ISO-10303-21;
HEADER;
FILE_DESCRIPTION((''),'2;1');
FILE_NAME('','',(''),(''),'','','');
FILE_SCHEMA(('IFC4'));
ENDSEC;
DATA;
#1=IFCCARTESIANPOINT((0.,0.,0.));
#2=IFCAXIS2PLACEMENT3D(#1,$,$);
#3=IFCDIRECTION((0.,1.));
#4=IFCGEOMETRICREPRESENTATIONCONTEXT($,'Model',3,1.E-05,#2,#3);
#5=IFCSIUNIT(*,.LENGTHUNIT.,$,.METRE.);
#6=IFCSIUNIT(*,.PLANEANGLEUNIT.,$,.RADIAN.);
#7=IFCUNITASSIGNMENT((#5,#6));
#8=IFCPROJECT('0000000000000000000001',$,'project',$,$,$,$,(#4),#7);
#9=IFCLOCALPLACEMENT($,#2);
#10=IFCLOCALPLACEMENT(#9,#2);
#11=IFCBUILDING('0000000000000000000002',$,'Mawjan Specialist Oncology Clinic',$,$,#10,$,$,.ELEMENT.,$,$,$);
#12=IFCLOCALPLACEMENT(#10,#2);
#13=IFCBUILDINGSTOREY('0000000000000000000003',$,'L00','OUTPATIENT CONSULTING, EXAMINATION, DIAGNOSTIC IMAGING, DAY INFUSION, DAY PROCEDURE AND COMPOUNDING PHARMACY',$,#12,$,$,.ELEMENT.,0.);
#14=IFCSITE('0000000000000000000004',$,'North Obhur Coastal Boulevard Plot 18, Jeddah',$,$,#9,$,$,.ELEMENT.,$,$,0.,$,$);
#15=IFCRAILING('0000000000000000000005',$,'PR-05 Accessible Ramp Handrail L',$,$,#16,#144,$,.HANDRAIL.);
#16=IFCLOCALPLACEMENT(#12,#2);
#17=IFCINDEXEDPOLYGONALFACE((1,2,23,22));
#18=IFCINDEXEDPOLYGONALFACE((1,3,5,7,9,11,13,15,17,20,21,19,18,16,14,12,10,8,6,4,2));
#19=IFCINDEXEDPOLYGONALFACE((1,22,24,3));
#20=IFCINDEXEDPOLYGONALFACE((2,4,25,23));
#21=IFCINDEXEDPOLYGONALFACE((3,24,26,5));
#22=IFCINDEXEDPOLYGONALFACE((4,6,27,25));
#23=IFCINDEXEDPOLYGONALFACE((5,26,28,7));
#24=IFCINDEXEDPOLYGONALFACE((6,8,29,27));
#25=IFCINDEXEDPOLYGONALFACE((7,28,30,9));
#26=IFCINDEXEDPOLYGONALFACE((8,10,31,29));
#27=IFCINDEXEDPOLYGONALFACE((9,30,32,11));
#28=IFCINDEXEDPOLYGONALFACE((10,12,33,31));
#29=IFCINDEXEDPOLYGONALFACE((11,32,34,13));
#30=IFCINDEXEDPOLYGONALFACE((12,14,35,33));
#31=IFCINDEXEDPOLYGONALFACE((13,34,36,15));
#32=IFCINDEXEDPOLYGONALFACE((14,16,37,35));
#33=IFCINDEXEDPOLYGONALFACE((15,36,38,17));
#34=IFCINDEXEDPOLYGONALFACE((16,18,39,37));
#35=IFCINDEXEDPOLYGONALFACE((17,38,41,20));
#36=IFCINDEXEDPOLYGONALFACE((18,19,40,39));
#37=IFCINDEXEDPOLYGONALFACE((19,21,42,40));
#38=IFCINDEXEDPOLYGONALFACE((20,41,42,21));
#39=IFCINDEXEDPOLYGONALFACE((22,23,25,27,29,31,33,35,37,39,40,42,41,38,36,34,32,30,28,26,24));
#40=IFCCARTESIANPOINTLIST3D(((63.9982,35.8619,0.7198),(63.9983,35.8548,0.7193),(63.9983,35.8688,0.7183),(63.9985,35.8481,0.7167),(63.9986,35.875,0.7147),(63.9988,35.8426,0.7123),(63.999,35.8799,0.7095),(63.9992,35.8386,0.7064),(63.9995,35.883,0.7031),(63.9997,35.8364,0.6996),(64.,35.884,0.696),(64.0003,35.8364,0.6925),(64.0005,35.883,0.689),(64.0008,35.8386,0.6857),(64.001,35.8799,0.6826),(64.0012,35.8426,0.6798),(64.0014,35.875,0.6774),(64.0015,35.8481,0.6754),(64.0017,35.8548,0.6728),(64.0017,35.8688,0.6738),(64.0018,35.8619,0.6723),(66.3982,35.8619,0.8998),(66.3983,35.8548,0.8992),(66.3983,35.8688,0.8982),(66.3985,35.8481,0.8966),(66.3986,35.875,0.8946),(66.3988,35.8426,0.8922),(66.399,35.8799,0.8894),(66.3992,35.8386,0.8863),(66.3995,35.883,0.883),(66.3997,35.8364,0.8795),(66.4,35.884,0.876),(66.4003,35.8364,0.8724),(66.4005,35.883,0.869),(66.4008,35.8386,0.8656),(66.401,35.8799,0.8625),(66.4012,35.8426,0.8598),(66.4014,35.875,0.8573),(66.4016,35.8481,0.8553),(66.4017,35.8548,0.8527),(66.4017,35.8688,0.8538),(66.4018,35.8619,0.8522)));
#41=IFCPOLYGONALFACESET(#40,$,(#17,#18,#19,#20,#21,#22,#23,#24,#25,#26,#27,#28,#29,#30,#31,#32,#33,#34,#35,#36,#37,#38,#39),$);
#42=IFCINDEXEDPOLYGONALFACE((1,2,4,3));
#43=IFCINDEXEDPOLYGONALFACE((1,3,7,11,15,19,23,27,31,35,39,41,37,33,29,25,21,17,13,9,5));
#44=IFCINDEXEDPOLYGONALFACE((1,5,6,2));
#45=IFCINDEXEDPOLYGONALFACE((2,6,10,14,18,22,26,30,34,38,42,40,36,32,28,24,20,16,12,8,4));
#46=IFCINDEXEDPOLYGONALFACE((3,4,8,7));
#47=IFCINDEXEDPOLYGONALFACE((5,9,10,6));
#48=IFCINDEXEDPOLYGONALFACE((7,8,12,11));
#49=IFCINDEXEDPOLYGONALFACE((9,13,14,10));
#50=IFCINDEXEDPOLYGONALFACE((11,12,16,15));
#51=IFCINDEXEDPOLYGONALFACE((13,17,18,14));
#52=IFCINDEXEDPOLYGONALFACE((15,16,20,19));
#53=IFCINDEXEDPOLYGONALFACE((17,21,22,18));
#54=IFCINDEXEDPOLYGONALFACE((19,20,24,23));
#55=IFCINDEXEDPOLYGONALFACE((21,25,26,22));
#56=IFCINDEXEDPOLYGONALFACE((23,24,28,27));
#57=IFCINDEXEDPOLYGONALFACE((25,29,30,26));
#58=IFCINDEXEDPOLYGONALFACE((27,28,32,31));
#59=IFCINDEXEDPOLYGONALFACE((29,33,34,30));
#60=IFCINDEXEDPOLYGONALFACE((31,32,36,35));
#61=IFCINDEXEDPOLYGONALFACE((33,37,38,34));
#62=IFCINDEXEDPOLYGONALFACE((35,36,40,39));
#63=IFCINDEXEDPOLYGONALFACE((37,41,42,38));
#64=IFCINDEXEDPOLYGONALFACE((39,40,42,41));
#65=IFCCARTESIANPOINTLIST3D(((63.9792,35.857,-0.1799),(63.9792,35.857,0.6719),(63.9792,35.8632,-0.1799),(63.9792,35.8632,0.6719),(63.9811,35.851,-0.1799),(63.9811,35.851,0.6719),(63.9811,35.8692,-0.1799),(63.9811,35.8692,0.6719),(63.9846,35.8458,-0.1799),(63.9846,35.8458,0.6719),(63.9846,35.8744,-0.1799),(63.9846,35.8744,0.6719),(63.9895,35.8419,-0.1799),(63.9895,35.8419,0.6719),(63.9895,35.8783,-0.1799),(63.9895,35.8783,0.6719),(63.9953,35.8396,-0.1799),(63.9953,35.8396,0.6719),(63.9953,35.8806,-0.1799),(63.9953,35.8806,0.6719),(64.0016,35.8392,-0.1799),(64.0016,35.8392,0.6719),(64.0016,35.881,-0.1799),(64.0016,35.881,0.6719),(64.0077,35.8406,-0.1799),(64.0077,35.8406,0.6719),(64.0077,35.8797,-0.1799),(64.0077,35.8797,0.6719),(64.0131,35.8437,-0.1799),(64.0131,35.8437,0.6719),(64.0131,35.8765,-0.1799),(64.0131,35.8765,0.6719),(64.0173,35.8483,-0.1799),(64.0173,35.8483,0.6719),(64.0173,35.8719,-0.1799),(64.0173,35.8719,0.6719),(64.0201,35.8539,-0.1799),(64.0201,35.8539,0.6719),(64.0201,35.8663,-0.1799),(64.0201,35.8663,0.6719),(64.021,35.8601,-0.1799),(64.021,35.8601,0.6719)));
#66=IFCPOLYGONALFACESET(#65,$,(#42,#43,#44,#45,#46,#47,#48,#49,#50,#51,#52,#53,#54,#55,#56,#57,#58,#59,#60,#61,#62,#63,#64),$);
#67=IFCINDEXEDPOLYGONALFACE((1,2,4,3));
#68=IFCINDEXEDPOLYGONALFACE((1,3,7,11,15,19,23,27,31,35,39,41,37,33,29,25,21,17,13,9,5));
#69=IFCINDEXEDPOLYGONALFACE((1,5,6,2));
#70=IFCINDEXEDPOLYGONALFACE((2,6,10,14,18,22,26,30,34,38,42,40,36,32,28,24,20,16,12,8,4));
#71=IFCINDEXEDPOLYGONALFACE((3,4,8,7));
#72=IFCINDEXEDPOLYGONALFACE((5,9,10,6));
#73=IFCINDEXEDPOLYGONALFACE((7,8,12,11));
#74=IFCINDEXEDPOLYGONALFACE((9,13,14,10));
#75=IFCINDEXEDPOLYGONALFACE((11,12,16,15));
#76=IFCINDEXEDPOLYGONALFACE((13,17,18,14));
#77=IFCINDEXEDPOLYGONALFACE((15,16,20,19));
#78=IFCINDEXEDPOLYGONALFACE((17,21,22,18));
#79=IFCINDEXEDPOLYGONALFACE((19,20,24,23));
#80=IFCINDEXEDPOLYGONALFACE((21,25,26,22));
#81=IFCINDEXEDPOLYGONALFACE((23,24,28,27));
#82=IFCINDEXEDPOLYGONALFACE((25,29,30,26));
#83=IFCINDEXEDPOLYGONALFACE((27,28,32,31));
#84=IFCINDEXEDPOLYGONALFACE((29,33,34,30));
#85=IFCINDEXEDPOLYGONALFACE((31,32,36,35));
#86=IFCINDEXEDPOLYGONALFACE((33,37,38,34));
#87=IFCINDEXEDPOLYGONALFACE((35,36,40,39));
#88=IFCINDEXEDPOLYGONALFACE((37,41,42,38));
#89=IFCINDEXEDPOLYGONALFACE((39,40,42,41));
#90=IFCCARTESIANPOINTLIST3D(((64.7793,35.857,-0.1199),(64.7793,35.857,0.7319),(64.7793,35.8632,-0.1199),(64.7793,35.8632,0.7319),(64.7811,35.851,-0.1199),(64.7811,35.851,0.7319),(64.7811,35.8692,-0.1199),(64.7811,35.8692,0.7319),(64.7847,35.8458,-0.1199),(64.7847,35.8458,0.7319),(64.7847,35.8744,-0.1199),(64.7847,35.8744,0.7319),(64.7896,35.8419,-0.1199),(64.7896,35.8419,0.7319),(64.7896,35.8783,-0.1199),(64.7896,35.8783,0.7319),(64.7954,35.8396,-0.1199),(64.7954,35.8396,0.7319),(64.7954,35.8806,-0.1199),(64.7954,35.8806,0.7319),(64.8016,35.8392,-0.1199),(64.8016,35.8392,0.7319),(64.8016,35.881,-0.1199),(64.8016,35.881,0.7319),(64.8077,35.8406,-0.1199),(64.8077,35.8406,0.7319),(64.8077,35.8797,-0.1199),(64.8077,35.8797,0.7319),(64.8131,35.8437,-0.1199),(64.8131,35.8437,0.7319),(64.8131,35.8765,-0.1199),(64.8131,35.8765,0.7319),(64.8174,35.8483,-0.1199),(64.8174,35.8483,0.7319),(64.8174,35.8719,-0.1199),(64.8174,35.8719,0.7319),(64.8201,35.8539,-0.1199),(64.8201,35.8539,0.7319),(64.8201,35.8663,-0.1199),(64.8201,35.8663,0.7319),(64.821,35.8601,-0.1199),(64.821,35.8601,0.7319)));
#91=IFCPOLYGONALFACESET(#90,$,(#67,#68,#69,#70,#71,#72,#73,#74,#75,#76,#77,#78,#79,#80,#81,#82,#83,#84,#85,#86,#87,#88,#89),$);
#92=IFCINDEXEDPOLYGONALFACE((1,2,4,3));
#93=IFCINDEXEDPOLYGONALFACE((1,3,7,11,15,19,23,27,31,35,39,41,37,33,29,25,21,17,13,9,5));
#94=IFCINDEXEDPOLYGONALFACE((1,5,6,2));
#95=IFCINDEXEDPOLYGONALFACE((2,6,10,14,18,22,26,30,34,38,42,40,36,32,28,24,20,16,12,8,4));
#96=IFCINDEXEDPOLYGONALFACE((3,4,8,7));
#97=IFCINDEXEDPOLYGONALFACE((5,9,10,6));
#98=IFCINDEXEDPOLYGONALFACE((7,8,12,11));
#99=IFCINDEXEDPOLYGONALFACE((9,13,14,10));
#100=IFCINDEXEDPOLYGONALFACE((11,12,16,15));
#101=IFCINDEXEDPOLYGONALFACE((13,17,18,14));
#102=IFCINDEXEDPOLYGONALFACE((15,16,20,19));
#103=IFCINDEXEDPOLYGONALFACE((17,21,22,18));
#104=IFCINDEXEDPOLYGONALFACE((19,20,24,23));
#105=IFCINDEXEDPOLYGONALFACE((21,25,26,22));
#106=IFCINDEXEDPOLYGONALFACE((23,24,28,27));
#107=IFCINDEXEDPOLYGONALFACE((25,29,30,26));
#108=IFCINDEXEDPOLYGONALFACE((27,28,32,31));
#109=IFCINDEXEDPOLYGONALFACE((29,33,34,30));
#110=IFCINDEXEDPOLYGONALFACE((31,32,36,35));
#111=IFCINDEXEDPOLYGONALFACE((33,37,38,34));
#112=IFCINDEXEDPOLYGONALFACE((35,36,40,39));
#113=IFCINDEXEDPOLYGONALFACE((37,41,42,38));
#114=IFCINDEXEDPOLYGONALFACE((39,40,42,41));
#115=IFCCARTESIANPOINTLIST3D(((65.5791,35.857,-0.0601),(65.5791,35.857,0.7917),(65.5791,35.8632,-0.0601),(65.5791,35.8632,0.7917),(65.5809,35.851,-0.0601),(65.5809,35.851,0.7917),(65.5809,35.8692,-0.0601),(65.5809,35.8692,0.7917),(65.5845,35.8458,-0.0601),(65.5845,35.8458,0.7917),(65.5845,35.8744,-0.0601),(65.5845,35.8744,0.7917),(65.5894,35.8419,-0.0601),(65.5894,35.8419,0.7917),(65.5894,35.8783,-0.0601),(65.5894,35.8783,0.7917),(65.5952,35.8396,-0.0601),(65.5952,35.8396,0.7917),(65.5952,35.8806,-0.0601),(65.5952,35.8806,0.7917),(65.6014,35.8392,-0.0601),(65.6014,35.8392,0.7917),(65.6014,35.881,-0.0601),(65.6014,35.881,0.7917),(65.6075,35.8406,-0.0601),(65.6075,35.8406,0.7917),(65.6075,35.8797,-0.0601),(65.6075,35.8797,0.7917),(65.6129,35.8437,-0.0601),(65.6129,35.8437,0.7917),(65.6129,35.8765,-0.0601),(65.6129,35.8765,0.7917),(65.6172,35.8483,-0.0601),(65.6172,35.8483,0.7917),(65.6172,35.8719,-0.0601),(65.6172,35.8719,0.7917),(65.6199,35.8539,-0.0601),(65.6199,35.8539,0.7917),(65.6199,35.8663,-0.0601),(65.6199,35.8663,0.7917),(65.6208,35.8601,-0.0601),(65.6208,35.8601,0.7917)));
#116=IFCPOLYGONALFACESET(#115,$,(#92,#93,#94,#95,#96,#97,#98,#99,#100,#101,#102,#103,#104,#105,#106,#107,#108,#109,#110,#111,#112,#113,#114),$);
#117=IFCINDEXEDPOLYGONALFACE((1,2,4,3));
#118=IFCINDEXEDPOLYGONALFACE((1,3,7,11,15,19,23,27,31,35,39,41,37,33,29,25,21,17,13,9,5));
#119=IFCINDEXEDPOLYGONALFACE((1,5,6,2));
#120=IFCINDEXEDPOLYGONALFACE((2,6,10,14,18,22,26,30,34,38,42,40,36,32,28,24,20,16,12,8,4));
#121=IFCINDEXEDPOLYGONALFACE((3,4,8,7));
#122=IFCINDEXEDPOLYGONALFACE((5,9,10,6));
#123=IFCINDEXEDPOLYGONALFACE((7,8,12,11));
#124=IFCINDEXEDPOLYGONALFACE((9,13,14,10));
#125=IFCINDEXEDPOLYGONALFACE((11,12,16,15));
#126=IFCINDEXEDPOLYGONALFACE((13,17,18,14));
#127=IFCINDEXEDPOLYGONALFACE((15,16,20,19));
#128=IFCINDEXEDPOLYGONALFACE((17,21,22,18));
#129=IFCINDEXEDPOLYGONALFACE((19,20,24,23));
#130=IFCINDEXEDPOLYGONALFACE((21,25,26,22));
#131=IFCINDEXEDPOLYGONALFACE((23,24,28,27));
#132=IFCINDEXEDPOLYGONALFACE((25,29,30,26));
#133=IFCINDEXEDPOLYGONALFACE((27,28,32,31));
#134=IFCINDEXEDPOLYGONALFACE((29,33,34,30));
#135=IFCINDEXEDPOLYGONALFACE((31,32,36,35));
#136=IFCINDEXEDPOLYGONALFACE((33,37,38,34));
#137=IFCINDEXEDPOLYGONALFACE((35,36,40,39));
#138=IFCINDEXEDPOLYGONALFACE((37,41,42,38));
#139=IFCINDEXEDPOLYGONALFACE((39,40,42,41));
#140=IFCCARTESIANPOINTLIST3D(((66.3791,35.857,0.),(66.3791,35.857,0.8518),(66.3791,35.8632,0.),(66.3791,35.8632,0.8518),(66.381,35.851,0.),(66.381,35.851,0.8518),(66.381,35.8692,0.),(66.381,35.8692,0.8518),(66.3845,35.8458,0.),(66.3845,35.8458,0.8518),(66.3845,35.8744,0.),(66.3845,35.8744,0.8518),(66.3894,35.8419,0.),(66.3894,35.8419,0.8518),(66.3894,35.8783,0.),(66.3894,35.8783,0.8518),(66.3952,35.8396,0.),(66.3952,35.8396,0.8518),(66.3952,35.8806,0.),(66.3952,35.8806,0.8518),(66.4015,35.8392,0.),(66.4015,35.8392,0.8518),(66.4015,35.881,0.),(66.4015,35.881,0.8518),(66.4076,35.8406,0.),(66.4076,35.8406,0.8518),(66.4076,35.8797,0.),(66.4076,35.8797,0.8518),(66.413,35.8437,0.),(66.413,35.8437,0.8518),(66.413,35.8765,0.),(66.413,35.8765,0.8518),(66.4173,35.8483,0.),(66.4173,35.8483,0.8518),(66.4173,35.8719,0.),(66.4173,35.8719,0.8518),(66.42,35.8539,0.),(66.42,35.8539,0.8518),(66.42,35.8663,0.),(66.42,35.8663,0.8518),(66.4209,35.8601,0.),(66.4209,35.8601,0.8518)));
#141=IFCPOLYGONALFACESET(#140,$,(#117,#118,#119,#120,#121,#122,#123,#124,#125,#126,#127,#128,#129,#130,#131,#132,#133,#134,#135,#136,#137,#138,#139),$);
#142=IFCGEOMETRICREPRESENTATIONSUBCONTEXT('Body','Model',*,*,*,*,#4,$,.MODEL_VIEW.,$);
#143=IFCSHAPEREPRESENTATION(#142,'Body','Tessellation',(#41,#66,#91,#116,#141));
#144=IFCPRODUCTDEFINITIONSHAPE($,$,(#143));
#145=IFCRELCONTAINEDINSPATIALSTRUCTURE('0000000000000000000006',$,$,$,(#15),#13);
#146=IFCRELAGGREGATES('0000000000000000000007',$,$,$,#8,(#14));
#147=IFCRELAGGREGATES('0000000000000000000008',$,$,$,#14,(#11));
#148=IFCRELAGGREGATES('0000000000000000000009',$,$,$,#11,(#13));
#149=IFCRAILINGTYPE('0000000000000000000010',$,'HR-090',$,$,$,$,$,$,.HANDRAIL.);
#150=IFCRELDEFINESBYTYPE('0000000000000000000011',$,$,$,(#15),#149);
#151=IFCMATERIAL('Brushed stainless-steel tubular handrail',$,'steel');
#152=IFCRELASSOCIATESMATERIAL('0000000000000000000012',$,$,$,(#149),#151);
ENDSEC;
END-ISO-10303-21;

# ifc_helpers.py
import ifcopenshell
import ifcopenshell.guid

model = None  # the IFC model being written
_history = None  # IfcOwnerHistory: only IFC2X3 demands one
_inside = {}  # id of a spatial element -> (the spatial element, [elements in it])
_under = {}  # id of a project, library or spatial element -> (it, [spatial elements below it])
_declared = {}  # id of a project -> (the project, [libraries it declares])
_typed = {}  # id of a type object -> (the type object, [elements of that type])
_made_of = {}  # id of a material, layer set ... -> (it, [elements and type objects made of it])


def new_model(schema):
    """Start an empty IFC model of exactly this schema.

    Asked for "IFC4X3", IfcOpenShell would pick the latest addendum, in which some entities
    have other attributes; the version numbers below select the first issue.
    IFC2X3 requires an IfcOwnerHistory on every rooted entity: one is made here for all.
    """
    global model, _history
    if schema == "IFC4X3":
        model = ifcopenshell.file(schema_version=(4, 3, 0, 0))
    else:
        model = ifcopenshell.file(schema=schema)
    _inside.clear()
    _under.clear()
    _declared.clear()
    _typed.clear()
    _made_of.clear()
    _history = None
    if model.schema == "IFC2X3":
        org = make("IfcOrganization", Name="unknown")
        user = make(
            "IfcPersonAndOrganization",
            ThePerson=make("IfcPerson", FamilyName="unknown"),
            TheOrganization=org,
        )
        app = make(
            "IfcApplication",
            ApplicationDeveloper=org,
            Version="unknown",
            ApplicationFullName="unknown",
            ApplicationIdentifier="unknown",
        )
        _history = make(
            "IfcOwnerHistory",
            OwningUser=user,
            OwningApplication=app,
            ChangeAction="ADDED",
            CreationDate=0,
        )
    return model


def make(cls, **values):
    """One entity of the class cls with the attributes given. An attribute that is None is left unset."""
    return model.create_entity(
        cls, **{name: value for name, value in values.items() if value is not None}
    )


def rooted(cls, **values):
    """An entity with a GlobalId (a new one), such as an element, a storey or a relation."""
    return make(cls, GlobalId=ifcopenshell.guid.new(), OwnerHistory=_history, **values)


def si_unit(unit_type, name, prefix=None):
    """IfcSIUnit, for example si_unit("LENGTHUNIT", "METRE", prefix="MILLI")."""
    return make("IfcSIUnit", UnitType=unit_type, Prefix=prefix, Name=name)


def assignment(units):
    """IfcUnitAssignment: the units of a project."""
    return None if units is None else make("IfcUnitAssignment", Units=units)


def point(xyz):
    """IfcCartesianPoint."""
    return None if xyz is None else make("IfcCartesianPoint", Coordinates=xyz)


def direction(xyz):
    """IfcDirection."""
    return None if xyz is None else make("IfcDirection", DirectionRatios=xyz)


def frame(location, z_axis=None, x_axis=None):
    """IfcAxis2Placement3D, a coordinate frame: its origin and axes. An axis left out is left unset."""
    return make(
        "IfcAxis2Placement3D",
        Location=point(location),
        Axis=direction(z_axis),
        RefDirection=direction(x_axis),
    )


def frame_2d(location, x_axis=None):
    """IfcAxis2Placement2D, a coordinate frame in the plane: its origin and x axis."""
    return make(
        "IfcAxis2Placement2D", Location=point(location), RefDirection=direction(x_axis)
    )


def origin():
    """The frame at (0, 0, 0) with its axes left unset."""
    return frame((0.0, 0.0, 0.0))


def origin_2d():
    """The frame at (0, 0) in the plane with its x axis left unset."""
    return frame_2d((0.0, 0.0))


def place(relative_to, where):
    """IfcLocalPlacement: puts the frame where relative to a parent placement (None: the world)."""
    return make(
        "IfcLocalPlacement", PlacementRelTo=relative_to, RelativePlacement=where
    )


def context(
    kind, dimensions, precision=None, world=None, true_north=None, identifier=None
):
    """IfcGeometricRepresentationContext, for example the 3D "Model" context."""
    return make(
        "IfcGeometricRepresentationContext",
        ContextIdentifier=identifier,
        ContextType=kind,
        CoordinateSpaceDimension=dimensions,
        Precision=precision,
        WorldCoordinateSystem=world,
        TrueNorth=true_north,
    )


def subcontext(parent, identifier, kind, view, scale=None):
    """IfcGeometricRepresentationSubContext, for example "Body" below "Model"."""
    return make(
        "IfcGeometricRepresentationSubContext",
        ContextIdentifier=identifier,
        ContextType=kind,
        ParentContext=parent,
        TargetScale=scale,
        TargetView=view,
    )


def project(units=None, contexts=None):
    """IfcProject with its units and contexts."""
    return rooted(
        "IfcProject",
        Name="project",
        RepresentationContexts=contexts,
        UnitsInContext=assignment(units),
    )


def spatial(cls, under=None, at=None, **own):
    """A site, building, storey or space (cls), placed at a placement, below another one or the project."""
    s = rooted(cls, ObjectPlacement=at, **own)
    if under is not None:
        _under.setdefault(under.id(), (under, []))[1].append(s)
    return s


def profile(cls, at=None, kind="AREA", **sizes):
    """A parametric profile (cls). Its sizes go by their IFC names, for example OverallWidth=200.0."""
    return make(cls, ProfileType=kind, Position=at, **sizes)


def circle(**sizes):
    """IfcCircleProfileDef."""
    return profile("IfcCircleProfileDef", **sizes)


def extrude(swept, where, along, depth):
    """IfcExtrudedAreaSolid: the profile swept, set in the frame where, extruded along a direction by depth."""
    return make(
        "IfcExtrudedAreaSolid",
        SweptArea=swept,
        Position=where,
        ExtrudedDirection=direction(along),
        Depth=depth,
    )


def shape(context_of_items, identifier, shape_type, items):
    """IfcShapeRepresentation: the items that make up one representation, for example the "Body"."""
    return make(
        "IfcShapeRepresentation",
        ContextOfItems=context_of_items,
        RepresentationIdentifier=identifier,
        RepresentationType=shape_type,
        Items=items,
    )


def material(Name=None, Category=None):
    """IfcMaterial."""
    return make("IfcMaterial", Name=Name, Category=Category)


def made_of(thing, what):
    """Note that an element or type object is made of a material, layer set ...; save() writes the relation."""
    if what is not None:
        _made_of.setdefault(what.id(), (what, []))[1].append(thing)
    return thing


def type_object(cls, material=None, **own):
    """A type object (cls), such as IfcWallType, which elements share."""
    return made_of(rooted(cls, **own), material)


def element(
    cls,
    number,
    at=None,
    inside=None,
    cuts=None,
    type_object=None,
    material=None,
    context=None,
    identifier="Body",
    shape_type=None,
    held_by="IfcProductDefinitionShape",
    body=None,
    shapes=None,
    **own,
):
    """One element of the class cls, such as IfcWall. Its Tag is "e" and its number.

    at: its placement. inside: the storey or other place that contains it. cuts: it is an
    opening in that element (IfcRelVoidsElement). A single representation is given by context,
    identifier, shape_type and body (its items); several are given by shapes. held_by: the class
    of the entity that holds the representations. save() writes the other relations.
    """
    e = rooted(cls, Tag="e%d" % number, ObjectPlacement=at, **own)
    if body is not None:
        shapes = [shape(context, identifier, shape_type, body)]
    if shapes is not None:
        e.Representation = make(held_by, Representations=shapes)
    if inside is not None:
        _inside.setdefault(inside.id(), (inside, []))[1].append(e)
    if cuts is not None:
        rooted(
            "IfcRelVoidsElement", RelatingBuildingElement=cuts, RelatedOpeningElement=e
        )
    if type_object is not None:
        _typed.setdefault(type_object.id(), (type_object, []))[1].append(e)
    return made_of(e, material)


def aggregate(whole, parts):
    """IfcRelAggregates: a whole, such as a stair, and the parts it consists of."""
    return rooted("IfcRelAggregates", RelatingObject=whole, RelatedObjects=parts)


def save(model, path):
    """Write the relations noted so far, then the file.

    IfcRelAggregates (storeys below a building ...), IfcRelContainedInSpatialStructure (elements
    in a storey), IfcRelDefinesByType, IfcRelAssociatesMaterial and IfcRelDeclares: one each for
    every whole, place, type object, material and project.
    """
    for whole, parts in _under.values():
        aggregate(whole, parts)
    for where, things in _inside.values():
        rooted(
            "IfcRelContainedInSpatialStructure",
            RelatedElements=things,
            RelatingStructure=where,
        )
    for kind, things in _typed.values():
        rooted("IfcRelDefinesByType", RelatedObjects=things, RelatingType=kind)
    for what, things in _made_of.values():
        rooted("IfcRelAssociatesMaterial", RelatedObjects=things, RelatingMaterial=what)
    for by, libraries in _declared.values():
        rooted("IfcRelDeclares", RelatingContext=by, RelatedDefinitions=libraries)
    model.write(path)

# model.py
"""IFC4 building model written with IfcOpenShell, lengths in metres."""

from ifc_helpers import new_model, si_unit, direction, frame, origin, origin_2d, place, context, subcontext, project, spatial, circle, extrude, material, type_object, element, save


model = new_model("IFC4")

# Units and contexts
model_context = context("Model", 3, precision=1e-05, world=origin(), true_north=direction((0.0, 1.0)))
body_context = subcontext(model_context, "Body", "Model", "MODEL_VIEW")
ifc_project = project(units=[si_unit("LENGTHUNIT", "METRE"), si_unit("PLANEANGLEUNIT", "RADIAN")], contexts=[model_context])

# Site, building, storey
site_placement = place(None, origin())
site = spatial("IfcSite", under=ifc_project, at=site_placement, Name="North Obhur Coastal Boulevard Plot 18, Jeddah", CompositionType="ELEMENT", RefElevation=0.0)
building_placement = place(site_placement, origin())
building = spatial("IfcBuilding", under=site, at=building_placement, Name="Mawjan Specialist Oncology Clinic", CompositionType="ELEMENT")
storey_placement = place(building_placement, origin())
storey = spatial("IfcBuildingStorey", under=building, at=storey_placement, Name="L00", Description="OUTPATIENT CONSULTING, EXAMINATION, DIAGNOSTIC IMAGING, DAY INFUSION, DAY PROCEDURE AND COMPOUNDING PHARMACY", CompositionType="ELEMENT", Elevation=0.0)

# Railing
ifc_material_1 = material(Name="Brushed stainless-steel tubular handrail", Category="steel")
railing_type = type_object("IfcRailingType", Name="HR-090", PredefinedType="HANDRAIL", material=ifc_material_1)
for number, where, name in (
    (1, (64.0, 35.8601, -0.1799), "PR-05 Accessible Ramp Handrail L"),
):
    element("IfcRailing", number, at=place(storey_placement, frame(where)), inside=storey, type_object=railing_type, Name=name, PredefinedType="HANDRAIL", context=body_context, shape_type="SweptSolid", body=[
        extrude(circle(Radius=0.0239, at=origin_2d()), frame((0.0, 0.0, 0.876), z_axis=(0.997201, 0.0, 0.074765), x_axis=(0.0, 1.0, 0.0)), (0.0, 0.0, 1.0), 2.4067),
        extrude(circle(Radius=0.021, at=origin_2d()), origin(), (0.0, 0.0, 1.0), 0.8518),
        extrude(circle(Radius=0.021, at=origin_2d()), frame((0.8, 0.0, 0.0601)), (0.0, 0.0, 1.0), 0.8518),
        extrude(circle(Radius=0.021, at=origin_2d()), frame((1.5999, 0.0, 0.1199)), (0.0, 0.0, 1.0), 0.8518),
        extrude(circle(Radius=0.021, at=origin_2d()), frame((2.3999, 0.0, 0.1799)), (0.0, 0.0, 1.0), 0.8518),
    ])

save(model, "model.ifc")
